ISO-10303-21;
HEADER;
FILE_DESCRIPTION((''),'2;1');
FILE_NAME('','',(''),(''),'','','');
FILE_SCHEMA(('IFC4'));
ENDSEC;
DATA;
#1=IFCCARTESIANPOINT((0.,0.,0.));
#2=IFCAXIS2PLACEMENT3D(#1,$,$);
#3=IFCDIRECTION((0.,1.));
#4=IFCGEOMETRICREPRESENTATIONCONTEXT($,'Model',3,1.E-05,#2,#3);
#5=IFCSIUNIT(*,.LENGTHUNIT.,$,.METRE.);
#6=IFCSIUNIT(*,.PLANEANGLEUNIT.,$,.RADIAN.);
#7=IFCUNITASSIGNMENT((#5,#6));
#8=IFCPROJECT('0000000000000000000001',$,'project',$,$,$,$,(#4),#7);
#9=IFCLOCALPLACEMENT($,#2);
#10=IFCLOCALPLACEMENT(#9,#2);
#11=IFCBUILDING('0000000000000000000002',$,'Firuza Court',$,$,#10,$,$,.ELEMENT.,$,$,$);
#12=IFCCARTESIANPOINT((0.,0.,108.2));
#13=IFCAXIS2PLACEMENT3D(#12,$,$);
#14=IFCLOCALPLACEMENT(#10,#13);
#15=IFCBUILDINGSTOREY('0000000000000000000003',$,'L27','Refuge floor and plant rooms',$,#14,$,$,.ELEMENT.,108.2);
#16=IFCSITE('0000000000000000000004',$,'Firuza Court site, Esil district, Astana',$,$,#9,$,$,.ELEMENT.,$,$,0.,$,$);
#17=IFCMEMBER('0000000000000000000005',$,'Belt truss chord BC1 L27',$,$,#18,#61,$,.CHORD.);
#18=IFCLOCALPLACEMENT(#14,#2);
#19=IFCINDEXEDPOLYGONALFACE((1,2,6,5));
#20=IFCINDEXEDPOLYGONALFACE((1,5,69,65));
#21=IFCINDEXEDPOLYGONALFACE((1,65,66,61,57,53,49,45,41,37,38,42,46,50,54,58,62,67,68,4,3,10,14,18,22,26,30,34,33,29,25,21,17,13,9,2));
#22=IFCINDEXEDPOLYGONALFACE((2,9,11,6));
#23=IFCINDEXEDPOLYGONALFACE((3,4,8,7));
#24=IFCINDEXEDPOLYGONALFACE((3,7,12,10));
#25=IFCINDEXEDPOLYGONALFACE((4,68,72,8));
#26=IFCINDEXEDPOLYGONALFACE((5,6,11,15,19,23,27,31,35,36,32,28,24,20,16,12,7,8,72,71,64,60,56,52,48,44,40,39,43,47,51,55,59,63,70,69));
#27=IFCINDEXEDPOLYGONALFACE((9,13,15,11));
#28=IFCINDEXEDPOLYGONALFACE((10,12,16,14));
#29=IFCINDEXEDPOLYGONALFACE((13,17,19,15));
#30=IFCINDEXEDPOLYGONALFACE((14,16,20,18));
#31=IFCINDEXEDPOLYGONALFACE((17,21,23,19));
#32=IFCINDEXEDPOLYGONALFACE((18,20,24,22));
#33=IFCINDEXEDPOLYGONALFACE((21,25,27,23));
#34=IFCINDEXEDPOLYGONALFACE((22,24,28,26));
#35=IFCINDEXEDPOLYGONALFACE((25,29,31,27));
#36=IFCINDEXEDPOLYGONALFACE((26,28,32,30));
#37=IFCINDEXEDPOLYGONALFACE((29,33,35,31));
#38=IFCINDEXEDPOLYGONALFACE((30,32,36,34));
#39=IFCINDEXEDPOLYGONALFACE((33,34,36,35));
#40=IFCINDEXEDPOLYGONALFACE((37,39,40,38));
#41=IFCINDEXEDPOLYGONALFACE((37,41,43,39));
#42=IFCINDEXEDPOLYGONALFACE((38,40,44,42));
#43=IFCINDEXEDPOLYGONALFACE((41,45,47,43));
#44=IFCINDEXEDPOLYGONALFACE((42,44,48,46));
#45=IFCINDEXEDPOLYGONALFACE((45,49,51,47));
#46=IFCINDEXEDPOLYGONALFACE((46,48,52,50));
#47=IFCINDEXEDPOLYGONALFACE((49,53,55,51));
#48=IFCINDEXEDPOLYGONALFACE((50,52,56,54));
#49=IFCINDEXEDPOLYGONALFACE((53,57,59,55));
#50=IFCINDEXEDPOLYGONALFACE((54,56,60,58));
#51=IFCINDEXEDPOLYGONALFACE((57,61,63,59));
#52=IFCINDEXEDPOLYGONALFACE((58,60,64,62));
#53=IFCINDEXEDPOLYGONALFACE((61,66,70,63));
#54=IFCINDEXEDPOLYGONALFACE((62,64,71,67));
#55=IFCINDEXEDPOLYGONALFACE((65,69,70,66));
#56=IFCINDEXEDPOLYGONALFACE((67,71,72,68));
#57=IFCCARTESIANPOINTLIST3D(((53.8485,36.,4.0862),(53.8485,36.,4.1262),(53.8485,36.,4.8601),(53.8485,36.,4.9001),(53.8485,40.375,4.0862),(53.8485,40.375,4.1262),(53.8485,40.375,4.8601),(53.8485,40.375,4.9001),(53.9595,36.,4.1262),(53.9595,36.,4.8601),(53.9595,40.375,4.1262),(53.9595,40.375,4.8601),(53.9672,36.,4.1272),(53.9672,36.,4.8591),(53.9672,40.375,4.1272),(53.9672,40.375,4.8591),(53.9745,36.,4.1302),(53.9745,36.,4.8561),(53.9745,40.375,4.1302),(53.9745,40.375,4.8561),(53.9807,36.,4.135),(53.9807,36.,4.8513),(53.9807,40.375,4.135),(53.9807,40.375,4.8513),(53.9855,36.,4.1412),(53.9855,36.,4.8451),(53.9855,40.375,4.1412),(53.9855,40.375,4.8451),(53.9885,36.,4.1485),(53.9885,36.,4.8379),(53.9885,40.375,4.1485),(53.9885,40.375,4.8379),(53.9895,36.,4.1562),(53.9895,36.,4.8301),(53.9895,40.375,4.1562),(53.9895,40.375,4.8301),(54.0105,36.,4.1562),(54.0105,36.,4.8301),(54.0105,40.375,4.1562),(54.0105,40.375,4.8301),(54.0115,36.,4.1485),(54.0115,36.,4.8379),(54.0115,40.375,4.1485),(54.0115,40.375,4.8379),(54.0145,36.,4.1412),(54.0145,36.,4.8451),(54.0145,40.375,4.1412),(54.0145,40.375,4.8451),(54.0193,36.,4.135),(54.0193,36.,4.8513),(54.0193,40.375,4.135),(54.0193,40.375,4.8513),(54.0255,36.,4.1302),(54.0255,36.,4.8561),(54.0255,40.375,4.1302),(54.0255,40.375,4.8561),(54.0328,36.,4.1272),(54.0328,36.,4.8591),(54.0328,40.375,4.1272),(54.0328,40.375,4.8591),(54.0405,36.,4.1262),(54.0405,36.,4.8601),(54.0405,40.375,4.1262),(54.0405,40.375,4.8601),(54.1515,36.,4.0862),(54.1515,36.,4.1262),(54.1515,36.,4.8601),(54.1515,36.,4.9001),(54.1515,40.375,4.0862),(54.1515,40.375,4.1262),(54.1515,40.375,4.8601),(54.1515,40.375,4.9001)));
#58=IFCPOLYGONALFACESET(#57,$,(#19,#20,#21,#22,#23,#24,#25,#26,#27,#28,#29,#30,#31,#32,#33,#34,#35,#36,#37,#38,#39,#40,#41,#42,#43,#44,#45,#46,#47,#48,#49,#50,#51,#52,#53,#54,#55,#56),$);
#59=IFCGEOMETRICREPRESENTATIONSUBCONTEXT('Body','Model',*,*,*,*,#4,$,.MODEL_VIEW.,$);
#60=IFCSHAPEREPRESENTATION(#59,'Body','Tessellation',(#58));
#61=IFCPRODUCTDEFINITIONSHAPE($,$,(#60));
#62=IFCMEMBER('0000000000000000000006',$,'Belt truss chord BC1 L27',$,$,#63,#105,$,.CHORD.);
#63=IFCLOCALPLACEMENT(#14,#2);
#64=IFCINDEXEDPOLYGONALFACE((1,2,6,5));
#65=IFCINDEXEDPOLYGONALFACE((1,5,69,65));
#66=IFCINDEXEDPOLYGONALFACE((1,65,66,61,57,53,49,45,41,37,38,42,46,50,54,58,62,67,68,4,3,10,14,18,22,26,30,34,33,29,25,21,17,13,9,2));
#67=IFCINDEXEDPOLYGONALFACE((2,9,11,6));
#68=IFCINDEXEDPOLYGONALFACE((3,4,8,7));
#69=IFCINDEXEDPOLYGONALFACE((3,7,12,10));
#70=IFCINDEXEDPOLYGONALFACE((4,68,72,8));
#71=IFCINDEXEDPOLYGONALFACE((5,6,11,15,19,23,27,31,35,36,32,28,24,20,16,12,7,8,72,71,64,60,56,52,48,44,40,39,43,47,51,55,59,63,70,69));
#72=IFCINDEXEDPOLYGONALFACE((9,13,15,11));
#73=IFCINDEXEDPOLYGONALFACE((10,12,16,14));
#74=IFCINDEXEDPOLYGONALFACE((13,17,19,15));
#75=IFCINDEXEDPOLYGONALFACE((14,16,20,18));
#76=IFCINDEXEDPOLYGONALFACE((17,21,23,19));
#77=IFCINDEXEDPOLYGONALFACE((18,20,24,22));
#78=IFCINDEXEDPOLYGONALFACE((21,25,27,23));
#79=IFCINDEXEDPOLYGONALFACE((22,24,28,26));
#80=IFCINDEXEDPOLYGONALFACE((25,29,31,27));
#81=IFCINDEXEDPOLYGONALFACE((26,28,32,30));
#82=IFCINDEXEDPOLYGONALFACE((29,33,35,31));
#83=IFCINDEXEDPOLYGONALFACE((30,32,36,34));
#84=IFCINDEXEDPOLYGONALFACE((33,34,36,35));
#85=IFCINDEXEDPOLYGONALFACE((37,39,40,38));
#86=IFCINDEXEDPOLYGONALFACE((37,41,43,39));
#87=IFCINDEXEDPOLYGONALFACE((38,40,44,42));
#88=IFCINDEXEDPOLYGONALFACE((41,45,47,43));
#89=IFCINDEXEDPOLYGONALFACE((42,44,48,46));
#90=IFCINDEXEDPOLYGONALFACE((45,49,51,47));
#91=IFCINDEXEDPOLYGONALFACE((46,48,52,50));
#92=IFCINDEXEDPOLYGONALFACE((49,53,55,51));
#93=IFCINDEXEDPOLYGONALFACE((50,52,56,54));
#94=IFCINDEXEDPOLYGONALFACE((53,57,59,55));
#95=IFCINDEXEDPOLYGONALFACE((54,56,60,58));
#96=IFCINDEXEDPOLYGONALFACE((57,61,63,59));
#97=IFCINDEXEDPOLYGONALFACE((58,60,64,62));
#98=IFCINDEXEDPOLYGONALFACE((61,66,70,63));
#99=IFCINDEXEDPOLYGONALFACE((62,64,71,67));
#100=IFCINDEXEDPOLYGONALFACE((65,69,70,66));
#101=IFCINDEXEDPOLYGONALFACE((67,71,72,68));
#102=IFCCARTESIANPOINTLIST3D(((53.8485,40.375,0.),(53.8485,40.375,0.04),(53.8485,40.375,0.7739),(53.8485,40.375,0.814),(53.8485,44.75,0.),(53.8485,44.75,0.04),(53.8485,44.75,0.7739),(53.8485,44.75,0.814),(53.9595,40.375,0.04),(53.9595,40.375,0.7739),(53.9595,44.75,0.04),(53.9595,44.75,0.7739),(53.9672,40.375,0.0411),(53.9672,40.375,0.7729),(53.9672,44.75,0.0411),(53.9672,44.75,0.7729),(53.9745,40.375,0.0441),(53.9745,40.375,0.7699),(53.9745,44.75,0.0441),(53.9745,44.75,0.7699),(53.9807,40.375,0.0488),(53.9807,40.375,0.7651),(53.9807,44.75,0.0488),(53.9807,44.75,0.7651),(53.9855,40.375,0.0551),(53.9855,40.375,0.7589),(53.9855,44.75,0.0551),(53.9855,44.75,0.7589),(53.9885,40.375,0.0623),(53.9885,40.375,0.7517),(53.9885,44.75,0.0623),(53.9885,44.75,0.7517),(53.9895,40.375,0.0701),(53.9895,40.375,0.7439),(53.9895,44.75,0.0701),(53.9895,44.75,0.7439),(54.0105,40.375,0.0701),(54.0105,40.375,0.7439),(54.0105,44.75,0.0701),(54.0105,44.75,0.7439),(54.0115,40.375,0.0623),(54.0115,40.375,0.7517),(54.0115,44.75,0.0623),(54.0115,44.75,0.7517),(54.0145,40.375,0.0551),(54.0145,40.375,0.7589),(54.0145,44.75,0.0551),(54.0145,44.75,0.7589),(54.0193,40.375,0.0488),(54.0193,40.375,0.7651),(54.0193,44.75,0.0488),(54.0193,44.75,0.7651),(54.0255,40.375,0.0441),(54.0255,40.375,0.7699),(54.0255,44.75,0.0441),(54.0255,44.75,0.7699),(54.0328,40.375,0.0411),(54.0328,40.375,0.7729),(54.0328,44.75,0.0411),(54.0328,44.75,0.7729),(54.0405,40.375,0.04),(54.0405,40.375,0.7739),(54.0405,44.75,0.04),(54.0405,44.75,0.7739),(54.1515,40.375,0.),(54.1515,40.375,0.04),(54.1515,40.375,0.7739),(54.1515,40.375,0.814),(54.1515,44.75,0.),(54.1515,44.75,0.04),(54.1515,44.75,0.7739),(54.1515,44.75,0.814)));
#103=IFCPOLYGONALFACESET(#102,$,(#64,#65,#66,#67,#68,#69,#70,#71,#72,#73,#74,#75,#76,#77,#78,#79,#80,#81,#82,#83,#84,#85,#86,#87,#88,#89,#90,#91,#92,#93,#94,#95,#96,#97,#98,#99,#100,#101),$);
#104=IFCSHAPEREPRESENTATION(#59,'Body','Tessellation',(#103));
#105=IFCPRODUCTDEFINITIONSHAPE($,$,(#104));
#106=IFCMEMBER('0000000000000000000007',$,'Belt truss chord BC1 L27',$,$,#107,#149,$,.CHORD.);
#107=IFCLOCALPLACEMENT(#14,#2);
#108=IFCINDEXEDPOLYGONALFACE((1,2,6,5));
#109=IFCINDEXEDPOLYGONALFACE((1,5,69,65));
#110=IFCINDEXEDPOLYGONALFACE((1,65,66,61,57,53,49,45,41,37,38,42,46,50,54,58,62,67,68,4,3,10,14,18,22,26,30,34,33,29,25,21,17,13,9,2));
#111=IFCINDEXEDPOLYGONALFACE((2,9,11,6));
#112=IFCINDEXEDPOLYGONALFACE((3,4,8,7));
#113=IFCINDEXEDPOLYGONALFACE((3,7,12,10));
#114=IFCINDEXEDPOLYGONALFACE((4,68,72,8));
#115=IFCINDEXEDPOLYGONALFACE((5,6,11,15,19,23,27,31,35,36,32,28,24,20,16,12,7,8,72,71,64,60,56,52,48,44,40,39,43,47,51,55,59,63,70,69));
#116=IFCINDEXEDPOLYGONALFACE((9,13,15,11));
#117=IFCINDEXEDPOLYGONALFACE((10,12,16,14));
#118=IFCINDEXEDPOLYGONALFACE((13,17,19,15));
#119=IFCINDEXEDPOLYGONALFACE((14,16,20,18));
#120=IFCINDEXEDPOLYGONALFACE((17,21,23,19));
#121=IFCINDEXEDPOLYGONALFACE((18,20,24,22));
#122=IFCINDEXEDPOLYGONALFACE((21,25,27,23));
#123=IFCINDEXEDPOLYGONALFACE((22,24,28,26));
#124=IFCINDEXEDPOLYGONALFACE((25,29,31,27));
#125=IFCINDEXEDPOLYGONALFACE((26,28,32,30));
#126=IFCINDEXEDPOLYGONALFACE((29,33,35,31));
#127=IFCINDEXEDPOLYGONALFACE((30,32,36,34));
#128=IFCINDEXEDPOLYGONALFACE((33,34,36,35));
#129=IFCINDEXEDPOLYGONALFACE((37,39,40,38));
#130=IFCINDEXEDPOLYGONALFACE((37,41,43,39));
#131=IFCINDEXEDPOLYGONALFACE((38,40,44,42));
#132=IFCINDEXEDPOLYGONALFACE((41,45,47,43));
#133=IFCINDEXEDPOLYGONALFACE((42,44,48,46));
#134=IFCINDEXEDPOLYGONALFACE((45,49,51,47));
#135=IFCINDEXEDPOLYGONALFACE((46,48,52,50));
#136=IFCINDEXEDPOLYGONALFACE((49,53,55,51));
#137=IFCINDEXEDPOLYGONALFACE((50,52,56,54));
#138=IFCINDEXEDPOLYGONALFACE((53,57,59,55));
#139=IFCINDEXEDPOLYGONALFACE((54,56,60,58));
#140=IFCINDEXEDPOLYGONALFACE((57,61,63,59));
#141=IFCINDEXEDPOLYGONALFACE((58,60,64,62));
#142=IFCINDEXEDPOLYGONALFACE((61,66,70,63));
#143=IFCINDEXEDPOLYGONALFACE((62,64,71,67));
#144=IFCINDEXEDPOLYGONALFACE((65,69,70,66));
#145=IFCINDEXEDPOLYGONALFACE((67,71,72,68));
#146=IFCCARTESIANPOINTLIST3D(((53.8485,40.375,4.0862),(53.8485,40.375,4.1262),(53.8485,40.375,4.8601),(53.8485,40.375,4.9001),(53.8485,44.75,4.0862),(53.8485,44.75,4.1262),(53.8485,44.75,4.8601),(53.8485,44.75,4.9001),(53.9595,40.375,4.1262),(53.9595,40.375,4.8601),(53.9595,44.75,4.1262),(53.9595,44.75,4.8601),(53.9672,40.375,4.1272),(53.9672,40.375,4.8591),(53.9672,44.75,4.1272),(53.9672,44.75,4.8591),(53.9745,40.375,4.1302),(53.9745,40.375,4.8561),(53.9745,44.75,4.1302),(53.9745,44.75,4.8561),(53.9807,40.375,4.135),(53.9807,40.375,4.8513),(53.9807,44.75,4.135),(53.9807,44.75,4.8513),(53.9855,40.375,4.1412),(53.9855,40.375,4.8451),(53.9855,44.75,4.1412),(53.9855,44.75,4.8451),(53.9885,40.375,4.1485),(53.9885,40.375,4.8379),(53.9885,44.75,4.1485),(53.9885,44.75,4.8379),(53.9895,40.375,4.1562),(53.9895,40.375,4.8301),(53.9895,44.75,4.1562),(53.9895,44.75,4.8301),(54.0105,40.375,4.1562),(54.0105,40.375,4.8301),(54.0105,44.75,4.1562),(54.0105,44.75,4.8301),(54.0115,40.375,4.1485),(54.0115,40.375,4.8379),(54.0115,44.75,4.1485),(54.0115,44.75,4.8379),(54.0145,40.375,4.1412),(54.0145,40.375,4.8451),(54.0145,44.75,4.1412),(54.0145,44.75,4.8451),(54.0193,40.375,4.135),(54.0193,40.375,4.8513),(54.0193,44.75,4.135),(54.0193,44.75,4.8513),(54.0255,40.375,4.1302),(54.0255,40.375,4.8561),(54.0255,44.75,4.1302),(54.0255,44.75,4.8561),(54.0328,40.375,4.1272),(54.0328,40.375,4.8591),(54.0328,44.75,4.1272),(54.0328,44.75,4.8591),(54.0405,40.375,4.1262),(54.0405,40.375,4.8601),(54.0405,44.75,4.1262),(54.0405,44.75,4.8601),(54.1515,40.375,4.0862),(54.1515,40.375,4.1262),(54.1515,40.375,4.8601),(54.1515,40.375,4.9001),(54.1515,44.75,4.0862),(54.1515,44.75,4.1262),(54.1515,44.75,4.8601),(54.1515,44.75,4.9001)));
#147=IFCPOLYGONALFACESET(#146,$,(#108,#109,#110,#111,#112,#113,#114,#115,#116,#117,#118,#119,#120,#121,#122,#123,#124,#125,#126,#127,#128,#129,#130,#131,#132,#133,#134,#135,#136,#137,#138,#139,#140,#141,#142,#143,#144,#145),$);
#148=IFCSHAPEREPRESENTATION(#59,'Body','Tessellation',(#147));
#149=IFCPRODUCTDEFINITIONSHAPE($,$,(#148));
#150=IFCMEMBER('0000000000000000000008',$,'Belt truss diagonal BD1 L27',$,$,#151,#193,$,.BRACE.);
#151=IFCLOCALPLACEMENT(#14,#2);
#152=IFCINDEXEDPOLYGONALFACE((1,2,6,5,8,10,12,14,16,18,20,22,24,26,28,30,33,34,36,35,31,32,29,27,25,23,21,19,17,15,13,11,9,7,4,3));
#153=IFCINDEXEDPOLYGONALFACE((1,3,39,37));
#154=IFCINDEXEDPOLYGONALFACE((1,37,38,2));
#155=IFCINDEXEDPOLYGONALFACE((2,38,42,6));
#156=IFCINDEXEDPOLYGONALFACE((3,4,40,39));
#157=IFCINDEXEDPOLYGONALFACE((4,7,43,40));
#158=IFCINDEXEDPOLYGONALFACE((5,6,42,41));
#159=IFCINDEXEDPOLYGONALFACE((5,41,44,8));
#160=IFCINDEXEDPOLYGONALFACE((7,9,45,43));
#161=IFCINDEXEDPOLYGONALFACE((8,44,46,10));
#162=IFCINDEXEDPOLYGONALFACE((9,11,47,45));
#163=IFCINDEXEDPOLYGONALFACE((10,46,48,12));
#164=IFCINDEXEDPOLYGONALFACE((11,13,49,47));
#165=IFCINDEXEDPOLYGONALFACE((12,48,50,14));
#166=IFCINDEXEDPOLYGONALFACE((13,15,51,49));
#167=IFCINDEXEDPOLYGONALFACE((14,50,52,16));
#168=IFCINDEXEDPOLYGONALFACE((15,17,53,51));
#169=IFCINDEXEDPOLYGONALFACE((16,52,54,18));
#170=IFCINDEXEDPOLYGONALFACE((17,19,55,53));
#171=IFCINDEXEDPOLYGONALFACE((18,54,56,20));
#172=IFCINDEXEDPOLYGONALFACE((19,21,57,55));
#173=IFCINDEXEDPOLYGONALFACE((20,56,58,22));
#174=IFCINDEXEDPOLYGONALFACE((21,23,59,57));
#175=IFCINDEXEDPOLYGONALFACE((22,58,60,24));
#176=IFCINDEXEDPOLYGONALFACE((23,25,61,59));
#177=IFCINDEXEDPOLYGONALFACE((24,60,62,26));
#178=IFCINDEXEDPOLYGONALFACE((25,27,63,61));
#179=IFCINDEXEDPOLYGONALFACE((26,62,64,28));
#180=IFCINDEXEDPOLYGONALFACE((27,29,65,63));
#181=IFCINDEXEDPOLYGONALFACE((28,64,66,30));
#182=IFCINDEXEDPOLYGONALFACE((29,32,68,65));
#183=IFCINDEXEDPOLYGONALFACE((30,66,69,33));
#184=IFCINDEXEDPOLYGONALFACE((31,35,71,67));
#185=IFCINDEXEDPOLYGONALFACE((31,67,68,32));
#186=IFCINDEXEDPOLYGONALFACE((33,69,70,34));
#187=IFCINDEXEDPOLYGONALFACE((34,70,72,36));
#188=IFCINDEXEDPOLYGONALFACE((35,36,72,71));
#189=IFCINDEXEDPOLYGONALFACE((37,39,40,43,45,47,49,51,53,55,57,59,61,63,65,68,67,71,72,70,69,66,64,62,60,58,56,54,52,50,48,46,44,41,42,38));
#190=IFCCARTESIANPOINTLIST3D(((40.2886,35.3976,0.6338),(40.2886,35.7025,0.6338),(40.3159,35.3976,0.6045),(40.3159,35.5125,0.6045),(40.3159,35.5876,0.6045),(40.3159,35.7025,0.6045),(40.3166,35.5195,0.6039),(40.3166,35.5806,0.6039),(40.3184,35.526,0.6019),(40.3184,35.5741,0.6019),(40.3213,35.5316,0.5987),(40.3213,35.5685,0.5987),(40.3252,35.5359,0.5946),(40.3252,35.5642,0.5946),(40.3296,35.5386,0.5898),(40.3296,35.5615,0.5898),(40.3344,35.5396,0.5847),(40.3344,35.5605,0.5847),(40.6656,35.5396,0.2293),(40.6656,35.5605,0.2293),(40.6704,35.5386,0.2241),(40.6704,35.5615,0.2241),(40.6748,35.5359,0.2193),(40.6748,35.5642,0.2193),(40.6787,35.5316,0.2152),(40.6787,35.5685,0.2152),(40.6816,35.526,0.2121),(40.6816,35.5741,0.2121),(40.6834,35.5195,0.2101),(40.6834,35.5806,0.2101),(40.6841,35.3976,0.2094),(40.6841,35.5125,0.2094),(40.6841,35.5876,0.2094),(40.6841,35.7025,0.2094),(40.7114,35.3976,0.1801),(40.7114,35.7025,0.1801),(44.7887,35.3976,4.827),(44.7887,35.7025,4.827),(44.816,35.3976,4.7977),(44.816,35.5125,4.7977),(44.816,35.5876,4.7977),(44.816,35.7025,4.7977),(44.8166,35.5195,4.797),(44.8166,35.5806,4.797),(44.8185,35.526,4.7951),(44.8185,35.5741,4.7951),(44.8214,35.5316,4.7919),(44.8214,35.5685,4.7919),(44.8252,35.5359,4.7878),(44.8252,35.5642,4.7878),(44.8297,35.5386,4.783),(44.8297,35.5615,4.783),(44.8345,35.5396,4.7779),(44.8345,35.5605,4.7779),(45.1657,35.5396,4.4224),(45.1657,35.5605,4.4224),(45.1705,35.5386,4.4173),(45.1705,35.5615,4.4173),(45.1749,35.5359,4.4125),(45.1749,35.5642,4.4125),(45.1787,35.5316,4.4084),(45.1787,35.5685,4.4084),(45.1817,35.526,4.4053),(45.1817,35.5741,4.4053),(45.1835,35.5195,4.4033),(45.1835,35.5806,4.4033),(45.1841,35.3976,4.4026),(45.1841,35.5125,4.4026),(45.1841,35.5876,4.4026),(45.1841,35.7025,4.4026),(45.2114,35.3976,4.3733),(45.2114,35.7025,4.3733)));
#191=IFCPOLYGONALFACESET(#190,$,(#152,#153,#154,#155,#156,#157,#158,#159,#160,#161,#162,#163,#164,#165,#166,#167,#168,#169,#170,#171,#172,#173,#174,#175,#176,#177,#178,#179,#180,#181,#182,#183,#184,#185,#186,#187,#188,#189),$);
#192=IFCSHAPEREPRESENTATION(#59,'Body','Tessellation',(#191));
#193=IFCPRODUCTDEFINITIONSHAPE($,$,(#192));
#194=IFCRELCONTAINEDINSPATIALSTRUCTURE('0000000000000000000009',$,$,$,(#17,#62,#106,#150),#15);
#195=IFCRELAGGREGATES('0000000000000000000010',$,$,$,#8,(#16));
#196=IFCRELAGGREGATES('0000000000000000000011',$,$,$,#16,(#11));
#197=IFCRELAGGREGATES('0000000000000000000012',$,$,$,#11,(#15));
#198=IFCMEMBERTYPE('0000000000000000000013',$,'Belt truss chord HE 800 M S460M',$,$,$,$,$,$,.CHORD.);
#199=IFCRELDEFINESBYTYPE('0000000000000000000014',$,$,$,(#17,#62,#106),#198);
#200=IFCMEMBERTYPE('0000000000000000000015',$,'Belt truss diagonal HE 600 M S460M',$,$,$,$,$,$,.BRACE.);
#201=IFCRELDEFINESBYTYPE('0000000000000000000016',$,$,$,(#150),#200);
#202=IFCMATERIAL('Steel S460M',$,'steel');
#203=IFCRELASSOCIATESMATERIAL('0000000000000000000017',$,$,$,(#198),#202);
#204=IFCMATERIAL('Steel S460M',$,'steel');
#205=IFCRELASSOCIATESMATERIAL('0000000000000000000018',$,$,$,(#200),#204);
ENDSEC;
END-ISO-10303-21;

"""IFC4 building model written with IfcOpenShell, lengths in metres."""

from ifc_helpers import new_model, si_unit, direction, frame, origin, origin_2d, place, context, subcontext, project, spatial, i_section, extrude, material, material_profile, profile_set, type_object, element, save


model = new_model("IFC4")

# Units and contexts
model_context = context("Model", 3, precision=1e-05, world=origin(), true_north=direction((0.0, 1.0)))
body_context = subcontext(model_context, "Body", "Model", "MODEL_VIEW")
ifc_project = project(units=[si_unit("LENGTHUNIT", "METRE"), si_unit("PLANEANGLEUNIT", "RADIAN")], contexts=[model_context])

# Site, building, storey
site_placement = place(None, origin())
site = spatial("IfcSite", under=ifc_project, at=site_placement, Name="Firuza Court site, Esil district, Astana", CompositionType="ELEMENT", RefElevation=0.0)
building_placement = place(site_placement, origin())
building = spatial("IfcBuilding", under=site, at=building_placement, Name="Firuza Court", CompositionType="ELEMENT")
storey_placement = place(building_placement, frame((0.0, 0.0, 108.2)))
storey = spatial("IfcBuildingStorey", under=building, at=storey_placement, Name="L27", Description="Refuge floor and plant rooms", CompositionType="ELEMENT", Elevation=108.2)

# Members
ifc_material_1 = material(Name="Steel S460M", Category="steel")
ifc_material_profile_1 = material_profile(ifc_material_1, i_section(OverallWidth=0.303, OverallDepth=0.814, WebThickness=0.021, FlangeThickness=0.04, FilletRadius=0.03, at=origin_2d()), Name="HE 800 M")
ifc_profile_set_1 = profile_set([ifc_material_profile_1], Name="Steel S460M")
member_type_1 = type_object("IfcMemberType", Name="Belt truss chord HE 800 M S460M", PredefinedType="CHORD", material=ifc_profile_set_1)
for number, where, z_axis, x_axis, name in (
    (1, (54.0, 36.0, 4.4932), (0.0, 1.0, 0.0), (-1.0, 0.0, 0.0), "Belt truss chord BC1 L27"),
    (2, (54.0, 40.375, 0.407), (0.0, 1.0, 0.0), (-1.0, 0.0, 0.0), "Belt truss chord BC1 L27"),
    (3, (54.0, 40.375, 4.4932), (0.0, 1.0, 0.0), (-1.0, 0.0, 0.0), "Belt truss chord BC1 L27"),
):
    element("IfcMember", number, at=place(storey_placement, frame(where, z_axis=z_axis, x_axis=x_axis)), inside=storey, type_object=member_type_1, Name=name, PredefinedType="CHORD", context=body_context, shape_type="SweptSolid", body=[
        extrude(i_section(OverallWidth=0.303, OverallDepth=0.814, WebThickness=0.021, FlangeThickness=0.04, FilletRadius=0.03, at=origin_2d()), origin(), (0.0, 0.0, 1.0), 4.375),
    ])
ifc_material_2 = material(Name="Steel S460M", Category="steel")
ifc_material_profile_2 = material_profile(ifc_material_2, i_section(OverallWidth=0.3049, OverallDepth=0.6201, WebThickness=0.021, FlangeThickness=0.04, FilletRadius=0.0271, at=origin_2d()), Name="HE 600 M")
ifc_profile_set_2 = profile_set([ifc_material_profile_2], Name="Steel S460M")
member_type_2 = type_object("IfcMemberType", Name="Belt truss diagonal HE 600 M S460M", PredefinedType="BRACE", material=ifc_profile_set_2)
for number, where, z_axis, x_axis, name in (
    (4, (40.5, 35.55, 0.407), (0.731613, 0.0, 0.68172), (0.0, 1.0, 0.0), "Belt truss diagonal BD1 L27"),
):
    element("IfcMember", number, at=place(storey_placement, frame(where, z_axis=z_axis, x_axis=x_axis)), inside=storey, type_object=member_type_2, Name=name, PredefinedType="BRACE", context=body_context, shape_type="SweptSolid", body=[
        extrude(i_section(OverallWidth=0.3049, OverallDepth=0.6201, WebThickness=0.021, FlangeThickness=0.04, FilletRadius=0.0271, at=origin_2d()), origin(), (0.0, 0.0, 1.0), 6.1509),
    ])

save(model, "model.ifc")
